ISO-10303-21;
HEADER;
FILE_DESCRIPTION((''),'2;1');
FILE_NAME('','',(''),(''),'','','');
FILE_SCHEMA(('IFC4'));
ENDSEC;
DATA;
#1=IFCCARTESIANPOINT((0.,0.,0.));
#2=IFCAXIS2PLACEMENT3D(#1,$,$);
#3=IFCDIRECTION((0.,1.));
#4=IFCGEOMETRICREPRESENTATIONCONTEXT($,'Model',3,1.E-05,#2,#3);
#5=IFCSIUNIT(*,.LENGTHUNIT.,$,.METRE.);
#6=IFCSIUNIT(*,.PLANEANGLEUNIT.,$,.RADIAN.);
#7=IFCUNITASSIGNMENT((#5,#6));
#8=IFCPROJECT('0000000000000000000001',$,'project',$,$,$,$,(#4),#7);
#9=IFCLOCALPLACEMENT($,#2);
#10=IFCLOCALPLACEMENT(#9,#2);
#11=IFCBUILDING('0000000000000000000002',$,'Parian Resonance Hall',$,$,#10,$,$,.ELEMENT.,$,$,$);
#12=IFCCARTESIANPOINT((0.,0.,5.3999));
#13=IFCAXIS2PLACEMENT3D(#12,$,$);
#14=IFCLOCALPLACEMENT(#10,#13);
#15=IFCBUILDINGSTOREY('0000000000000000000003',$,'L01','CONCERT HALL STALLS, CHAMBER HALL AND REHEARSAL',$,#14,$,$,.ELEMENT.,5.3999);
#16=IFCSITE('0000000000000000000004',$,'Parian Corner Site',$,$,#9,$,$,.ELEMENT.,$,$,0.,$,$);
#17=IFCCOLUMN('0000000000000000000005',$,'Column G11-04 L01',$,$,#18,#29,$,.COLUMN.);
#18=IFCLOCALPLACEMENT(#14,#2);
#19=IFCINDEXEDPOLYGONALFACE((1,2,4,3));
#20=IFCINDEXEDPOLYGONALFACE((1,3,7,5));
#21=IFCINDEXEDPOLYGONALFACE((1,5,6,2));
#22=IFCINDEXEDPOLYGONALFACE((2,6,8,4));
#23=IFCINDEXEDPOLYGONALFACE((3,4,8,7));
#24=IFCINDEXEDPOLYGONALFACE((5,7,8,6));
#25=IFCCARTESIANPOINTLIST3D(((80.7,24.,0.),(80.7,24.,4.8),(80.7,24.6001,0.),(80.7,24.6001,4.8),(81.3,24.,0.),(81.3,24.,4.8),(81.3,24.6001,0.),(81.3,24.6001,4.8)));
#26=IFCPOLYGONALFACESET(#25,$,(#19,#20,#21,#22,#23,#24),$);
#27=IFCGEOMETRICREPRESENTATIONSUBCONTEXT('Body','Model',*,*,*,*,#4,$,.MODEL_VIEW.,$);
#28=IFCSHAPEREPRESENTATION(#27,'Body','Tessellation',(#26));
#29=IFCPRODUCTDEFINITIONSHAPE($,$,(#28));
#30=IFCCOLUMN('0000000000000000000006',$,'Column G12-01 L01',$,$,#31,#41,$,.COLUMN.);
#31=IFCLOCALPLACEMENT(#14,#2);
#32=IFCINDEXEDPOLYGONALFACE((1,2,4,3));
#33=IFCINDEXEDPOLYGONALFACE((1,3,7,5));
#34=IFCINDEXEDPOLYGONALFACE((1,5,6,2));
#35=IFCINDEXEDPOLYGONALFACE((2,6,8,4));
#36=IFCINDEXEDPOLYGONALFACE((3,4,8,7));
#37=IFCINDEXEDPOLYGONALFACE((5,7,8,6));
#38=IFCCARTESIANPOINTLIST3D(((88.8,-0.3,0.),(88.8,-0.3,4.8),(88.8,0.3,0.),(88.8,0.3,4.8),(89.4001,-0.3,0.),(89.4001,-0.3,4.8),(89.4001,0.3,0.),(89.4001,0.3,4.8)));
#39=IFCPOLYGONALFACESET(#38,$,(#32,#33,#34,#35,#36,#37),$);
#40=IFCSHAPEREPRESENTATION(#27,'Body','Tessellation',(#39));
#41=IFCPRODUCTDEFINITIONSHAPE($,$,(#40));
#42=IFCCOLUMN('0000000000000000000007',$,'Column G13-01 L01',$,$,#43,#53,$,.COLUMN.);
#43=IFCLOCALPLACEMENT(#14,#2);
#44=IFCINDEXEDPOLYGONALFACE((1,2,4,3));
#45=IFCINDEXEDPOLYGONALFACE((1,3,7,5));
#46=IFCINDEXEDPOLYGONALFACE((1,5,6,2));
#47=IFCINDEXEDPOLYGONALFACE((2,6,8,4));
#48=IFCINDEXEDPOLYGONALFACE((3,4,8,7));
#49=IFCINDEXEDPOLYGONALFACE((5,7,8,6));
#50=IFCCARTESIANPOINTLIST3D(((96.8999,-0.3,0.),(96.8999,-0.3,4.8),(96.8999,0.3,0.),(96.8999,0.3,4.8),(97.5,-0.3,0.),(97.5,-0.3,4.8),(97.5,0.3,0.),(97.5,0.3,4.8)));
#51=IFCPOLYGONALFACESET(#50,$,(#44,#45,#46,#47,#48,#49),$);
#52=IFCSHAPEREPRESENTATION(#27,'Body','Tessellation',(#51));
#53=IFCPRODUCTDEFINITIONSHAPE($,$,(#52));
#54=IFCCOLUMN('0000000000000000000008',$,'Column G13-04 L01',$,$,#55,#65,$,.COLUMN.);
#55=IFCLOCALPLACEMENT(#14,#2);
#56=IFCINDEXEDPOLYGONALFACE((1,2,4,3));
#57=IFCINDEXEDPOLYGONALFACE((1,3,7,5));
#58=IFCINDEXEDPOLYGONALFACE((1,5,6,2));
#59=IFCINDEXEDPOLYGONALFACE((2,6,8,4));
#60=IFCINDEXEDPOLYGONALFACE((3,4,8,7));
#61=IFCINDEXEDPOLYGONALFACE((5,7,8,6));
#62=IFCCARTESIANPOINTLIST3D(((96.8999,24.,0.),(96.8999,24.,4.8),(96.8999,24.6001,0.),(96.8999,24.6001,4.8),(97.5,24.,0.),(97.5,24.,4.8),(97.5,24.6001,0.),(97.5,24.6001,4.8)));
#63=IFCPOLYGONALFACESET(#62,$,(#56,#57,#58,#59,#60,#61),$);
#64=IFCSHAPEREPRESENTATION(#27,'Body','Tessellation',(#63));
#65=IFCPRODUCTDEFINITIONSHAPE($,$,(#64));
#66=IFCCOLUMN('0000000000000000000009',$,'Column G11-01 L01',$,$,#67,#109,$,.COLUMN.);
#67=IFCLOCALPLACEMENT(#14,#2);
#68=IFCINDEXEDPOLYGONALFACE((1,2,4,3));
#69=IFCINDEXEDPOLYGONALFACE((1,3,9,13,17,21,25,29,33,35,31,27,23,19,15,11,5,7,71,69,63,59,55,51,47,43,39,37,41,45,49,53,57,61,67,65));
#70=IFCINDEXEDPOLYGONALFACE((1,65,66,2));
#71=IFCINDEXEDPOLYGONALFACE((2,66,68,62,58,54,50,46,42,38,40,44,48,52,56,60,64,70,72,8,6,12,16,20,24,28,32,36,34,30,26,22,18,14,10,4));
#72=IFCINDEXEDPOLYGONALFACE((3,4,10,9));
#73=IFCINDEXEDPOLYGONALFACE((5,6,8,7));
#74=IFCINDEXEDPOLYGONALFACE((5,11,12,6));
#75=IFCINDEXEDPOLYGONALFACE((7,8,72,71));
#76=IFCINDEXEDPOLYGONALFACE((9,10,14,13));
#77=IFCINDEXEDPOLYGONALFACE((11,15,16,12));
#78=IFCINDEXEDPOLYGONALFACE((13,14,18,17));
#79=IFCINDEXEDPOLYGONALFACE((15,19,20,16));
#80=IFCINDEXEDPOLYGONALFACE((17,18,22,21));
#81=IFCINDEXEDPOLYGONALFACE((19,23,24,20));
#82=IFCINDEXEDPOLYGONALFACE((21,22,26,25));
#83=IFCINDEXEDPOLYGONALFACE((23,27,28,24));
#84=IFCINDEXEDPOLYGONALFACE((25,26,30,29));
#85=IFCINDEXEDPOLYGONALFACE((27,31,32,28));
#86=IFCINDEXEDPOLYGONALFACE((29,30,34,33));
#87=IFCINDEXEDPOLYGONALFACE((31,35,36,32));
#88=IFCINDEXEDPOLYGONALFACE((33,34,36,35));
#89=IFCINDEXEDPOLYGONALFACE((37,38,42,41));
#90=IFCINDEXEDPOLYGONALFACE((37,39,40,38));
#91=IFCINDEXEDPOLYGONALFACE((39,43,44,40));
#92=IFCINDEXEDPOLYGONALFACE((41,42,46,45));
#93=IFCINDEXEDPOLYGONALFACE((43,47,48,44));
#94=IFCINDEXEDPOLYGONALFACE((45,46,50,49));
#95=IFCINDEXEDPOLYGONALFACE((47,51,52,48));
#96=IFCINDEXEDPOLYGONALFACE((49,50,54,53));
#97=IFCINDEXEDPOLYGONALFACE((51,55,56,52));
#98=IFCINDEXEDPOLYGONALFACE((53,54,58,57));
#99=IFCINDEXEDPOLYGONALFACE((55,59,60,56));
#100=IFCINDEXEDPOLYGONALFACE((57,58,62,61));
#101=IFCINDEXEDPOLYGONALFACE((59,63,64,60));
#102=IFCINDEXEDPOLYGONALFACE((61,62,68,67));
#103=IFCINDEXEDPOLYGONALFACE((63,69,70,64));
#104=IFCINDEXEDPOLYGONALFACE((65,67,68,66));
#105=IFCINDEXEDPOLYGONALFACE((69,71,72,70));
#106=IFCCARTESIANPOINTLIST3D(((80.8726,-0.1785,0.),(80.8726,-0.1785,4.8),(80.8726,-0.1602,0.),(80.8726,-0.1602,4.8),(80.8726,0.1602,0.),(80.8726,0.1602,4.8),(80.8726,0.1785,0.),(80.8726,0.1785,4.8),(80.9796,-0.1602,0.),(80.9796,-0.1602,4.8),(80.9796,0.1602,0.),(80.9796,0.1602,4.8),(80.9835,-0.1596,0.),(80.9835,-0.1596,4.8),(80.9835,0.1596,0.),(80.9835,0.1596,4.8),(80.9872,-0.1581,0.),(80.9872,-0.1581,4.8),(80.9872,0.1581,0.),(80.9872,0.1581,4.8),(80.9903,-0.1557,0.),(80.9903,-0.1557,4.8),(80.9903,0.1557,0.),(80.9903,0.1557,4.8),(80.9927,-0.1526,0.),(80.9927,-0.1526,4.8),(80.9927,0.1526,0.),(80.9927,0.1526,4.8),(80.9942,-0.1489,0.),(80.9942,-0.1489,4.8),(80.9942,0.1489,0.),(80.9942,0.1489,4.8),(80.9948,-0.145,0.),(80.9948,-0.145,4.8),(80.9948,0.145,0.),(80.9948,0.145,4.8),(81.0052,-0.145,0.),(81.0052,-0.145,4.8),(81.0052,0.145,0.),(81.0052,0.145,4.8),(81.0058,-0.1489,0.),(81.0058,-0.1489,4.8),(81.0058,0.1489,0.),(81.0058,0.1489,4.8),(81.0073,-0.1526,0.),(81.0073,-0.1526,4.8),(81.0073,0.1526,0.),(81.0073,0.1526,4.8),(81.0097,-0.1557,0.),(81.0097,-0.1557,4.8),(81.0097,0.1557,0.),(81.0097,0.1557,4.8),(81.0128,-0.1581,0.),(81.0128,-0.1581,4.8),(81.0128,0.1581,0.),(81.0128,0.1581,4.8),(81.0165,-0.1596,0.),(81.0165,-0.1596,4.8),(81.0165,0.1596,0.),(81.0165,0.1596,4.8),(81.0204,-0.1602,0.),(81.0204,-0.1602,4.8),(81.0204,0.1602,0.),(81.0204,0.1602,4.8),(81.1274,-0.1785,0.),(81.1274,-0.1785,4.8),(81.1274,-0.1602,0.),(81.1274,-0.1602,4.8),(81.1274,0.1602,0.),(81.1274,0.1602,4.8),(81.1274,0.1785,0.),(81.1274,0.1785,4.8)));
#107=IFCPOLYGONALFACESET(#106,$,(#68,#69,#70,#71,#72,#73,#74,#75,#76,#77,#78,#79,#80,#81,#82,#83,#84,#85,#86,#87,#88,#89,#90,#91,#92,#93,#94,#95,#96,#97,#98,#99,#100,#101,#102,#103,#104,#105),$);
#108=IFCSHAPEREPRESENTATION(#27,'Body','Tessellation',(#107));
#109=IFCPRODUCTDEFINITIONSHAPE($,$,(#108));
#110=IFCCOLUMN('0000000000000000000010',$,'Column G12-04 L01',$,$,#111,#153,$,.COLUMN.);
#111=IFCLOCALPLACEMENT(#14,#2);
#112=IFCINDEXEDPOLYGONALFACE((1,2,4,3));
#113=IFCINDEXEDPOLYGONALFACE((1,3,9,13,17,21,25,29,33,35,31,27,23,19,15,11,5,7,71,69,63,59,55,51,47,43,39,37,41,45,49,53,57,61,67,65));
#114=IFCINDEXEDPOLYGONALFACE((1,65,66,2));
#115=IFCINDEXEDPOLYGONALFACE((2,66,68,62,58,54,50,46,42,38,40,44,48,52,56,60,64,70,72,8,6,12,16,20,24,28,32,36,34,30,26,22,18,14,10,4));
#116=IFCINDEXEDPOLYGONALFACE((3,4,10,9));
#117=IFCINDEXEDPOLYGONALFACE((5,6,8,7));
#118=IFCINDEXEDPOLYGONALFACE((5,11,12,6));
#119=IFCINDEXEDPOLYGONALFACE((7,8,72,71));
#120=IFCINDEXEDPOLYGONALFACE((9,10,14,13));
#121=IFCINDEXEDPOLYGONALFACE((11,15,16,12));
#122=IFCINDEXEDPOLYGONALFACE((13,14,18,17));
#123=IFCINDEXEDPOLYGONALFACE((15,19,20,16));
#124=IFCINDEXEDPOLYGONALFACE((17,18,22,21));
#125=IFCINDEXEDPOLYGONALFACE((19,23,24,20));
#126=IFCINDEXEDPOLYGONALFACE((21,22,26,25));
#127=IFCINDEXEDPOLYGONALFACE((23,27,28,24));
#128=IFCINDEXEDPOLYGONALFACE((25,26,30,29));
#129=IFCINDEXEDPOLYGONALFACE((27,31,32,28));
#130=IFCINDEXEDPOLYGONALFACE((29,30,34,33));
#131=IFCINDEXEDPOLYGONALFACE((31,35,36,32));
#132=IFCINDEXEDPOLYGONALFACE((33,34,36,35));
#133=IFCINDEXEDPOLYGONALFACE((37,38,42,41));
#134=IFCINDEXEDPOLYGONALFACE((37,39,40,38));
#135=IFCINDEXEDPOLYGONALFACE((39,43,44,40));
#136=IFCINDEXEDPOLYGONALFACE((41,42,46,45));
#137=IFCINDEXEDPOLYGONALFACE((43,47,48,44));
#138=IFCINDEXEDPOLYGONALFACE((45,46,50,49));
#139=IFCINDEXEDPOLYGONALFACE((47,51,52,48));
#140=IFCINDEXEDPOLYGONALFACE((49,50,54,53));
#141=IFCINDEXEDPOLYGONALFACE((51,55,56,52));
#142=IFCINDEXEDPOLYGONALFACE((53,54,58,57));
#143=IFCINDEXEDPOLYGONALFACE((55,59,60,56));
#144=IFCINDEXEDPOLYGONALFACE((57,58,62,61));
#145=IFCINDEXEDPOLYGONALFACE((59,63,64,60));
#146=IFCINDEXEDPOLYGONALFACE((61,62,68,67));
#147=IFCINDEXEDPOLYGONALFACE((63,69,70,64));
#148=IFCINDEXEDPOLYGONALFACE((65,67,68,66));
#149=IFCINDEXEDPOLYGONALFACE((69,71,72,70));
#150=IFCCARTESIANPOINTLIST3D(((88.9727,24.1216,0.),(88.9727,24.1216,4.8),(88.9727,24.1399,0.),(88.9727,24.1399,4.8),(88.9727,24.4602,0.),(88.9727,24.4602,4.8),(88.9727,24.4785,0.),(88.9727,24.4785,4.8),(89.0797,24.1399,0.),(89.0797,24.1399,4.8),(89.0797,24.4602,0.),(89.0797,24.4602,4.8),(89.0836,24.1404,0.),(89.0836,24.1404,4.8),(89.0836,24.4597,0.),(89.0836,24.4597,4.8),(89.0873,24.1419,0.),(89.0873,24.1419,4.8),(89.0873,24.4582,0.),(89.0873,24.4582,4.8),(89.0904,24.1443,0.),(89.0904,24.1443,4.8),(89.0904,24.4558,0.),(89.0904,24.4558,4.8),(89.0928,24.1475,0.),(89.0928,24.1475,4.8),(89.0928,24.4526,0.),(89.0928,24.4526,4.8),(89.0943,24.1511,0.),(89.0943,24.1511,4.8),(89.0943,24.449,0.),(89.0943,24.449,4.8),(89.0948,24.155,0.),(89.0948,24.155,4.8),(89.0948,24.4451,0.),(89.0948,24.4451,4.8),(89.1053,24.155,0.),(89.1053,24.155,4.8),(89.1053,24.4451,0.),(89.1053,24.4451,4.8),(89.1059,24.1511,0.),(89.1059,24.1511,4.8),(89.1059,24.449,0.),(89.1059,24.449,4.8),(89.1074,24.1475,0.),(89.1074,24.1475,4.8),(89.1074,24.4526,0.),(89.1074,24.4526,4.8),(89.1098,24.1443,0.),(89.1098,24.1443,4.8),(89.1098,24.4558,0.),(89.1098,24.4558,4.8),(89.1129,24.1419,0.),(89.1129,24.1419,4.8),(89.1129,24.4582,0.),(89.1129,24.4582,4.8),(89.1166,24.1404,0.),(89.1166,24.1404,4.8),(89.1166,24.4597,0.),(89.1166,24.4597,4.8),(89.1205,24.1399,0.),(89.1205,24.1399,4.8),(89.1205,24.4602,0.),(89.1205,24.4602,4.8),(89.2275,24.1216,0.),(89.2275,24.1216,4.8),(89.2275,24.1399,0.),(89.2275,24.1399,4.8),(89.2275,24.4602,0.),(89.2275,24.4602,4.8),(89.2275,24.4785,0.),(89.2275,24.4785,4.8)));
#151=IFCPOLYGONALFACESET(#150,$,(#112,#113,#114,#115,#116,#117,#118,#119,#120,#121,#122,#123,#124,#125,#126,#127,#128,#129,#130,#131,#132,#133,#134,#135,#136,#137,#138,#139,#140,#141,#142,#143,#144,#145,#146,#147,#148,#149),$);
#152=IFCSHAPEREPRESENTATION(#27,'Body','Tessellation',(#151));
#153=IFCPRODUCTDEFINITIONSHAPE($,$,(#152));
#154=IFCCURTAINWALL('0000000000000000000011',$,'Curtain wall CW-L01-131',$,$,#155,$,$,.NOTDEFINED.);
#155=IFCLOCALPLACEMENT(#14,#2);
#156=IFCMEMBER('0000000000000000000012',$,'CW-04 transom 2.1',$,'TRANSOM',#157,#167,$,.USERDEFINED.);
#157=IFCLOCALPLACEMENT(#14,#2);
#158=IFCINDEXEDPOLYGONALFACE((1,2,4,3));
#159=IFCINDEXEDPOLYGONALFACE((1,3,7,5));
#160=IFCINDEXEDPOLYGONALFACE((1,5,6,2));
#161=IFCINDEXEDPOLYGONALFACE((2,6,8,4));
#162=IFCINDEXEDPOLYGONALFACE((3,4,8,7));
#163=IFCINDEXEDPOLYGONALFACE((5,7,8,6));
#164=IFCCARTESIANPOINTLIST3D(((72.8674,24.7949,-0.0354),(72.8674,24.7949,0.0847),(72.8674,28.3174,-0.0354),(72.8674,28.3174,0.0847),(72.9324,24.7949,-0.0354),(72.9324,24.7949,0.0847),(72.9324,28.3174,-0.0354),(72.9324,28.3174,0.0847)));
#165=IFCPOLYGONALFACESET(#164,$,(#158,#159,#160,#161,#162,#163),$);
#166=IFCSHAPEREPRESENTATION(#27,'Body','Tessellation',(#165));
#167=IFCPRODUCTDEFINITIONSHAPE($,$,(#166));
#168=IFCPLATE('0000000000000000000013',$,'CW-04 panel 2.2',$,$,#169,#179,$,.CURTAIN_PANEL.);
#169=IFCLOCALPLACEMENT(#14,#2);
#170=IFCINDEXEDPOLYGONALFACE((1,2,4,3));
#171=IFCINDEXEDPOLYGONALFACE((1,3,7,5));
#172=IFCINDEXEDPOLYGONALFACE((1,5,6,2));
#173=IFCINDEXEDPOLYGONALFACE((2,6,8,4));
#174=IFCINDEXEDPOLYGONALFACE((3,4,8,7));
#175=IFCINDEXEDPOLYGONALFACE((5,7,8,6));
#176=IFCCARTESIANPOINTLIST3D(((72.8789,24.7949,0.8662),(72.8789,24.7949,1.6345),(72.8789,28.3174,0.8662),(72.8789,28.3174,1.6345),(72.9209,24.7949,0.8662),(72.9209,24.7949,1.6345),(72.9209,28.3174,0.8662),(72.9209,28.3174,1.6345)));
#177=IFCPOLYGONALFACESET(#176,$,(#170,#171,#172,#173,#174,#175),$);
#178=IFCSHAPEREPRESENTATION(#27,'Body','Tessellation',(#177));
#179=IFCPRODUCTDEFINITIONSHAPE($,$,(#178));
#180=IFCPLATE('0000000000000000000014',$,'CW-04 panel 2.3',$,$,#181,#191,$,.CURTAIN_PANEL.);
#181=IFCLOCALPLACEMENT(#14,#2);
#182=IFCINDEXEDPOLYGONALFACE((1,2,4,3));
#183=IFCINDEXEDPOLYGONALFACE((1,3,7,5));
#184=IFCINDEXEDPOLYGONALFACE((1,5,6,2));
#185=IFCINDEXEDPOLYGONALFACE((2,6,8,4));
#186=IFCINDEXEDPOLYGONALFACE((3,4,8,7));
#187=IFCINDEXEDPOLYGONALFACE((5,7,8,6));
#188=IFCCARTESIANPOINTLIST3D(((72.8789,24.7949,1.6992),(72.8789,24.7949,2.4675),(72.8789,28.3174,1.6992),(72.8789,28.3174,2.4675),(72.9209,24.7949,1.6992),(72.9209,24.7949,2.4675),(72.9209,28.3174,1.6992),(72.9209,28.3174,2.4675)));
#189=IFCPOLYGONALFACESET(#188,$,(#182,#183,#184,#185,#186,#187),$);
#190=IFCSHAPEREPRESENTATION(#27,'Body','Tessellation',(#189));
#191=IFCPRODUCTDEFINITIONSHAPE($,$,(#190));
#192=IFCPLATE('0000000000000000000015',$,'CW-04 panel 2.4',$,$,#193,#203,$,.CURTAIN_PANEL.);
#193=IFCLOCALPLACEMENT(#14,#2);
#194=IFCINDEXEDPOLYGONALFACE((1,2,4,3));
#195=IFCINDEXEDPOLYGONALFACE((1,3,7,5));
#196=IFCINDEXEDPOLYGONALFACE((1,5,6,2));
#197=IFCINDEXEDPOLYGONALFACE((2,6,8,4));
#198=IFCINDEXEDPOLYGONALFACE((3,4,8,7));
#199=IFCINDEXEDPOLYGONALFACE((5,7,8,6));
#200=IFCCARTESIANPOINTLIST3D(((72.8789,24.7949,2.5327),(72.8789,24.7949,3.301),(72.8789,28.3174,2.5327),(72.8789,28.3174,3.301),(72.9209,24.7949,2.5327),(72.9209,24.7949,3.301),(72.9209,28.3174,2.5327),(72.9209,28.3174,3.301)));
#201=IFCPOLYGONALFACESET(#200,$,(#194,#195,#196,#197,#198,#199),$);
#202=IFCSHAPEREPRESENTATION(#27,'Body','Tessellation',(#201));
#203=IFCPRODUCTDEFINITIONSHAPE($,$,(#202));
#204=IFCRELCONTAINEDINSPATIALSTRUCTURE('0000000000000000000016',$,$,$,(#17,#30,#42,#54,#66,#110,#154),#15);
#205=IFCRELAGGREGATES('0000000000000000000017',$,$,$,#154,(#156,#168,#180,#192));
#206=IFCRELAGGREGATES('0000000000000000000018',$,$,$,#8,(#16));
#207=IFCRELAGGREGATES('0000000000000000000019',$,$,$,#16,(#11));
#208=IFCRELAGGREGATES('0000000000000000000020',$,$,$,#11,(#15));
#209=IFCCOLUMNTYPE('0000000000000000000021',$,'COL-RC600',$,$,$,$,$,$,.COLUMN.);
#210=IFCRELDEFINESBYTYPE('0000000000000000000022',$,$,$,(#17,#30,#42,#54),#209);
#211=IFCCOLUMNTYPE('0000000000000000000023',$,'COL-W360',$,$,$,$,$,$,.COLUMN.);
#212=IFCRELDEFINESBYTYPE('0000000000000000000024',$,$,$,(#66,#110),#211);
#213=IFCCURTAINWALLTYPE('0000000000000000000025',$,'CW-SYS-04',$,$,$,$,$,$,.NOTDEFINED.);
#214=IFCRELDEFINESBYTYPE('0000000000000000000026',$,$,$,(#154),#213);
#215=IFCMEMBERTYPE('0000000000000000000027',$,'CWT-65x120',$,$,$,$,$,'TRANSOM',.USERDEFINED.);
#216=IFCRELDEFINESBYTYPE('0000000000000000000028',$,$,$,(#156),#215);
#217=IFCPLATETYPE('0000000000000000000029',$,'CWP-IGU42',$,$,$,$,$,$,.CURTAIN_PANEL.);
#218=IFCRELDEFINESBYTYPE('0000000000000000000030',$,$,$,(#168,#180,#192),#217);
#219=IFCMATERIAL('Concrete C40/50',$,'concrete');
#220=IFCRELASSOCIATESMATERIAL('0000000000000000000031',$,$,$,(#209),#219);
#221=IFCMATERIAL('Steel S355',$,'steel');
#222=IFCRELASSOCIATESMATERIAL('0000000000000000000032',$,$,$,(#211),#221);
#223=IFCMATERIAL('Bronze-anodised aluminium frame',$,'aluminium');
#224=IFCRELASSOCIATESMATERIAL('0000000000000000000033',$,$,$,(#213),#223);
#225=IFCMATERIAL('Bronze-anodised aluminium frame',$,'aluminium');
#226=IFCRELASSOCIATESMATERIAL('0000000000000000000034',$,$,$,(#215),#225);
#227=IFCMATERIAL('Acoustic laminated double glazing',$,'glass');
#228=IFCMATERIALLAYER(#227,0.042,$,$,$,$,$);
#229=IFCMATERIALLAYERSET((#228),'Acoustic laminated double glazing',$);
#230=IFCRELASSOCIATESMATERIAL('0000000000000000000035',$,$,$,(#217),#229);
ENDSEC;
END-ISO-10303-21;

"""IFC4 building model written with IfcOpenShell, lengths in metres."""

from ifc_helpers import new_model, si_unit, direction, frame, origin, origin_2d, place, context, subcontext, project, spatial, rectangle, i_section, extrude, material, layer, layer_set, material_profile, profile_set, type_object, element, aggregate, save


model = new_model("IFC4")

# Units and contexts
model_context = context("Model", 3, precision=1e-05, world=origin(), true_north=direction((0.0, 1.0)))
body_context = subcontext(model_context, "Body", "Model", "MODEL_VIEW")
ifc_project = project(units=[si_unit("LENGTHUNIT", "METRE"), si_unit("PLANEANGLEUNIT", "RADIAN")], contexts=[model_context])

# Site, building, storey
site_placement = place(None, origin())
site = spatial("IfcSite", under=ifc_project, at=site_placement, Name="Parian Corner Site", CompositionType="ELEMENT", RefElevation=0.0)
building_placement = place(site_placement, origin())
building = spatial("IfcBuilding", under=site, at=building_placement, Name="Parian Resonance Hall", CompositionType="ELEMENT")
storey_placement = place(building_placement, frame((0.0, 0.0, 5.3999)))
storey = spatial("IfcBuildingStorey", under=building, at=storey_placement, Name="L01", Description="CONCERT HALL STALLS, CHAMBER HALL AND REHEARSAL", CompositionType="ELEMENT", Elevation=5.3999)

# Columns
ifc_material_1 = material(Name="Concrete C40/50", Category="concrete")
ifc_material_profile_1 = material_profile(ifc_material_1, rectangle(XDim=0.6001, YDim=0.6001, at=origin_2d()), Name="RC-COL-600x600")
ifc_profile_set_1 = profile_set([ifc_material_profile_1], Name="Concrete C40/50")
column_type_1 = type_object("IfcColumnType", Name="COL-RC600", PredefinedType="COLUMN", material=ifc_profile_set_1)
for number, where, z_axis, x_axis, name in (
    (1, (81.0, 24.3, 0.0), (0.0, 0.0, 1.0), (1.0, 0.0, 0.0), "Column G11-04 L01"),
    (2, (89.1001, 0.0, 0.0), (0.0, 0.0, 1.0), (1.0, 0.0, 0.0), "Column G12-01 L01"),
    (3, (97.2, 0.0, 0.0), (0.0, 0.0, 1.0), (1.0, 0.0, 0.0), "Column G13-01 L01"),
    (4, (97.2, 24.3, 0.0), (0.0, 0.0, 1.0), (1.0, 0.0, 0.0), "Column G13-04 L01"),
):
    element("IfcColumn", number, at=place(storey_placement, frame(where, z_axis=z_axis, x_axis=x_axis)), inside=storey, type_object=column_type_1, Name=name, PredefinedType="COLUMN", context=body_context, shape_type="SweptSolid", body=[
        extrude(rectangle(XDim=0.6001, YDim=0.6001, at=origin_2d()), origin(), (0.0, 0.0, 1.0), 4.8),
    ])
ifc_material_2 = material(Name="Steel S355", Category="steel")
ifc_material_profile_2 = material_profile(ifc_material_2, i_section(OverallWidth=0.2549, OverallDepth=0.3569, WebThickness=0.0105, FlangeThickness=0.0183, FilletRadius=0.0151, at=origin_2d()), Name="W360x101")
ifc_profile_set_2 = profile_set([ifc_material_profile_2], Name="Steel S355")
column_type_2 = type_object("IfcColumnType", Name="COL-W360", PredefinedType="COLUMN", material=ifc_profile_set_2)
for number, where, z_axis, x_axis, name in (
    (5, (81.0, 0.0, 0.0), (0.0, 0.0, 1.0), (1.0, 0.0, 0.0), "Column G11-01 L01"),
    (6, (89.1001, 24.3, 0.0), (0.0, 0.0, 1.0), (1.0, 0.0, 0.0), "Column G12-04 L01"),
):
    element("IfcColumn", number, at=place(storey_placement, frame(where, z_axis=z_axis, x_axis=x_axis)), inside=storey, type_object=column_type_2, Name=name, PredefinedType="COLUMN", context=body_context, shape_type="SweptSolid", body=[
        extrude(i_section(OverallWidth=0.2549, OverallDepth=0.3569, WebThickness=0.0105, FlangeThickness=0.0183, FilletRadius=0.0151, at=origin_2d()), origin(), (0.0, 0.0, 1.0), 4.8),
    ])

# Curtain wall, member, plates
ifc_material_3 = material(Name="Bronze-anodised aluminium frame", Category="aluminium")
curtain_wall_type = type_object("IfcCurtainWallType", Name="CW-SYS-04", PredefinedType="NOTDEFINED", material=ifc_material_3)
curtain_wall_placement = place(storey_placement, origin())
curtain_wall = element("IfcCurtainWall", 7, at=curtain_wall_placement, inside=storey, type_object=curtain_wall_type, Name="Curtain wall CW-L01-131", PredefinedType="NOTDEFINED")
ifc_material_4 = material(Name="Bronze-anodised aluminium frame", Category="aluminium")
ifc_material_profile_3 = material_profile(ifc_material_4, rectangle(XDim=0.0649, YDim=0.1201, at=origin_2d()), Name="CWT-65x120")
ifc_profile_set_3 = profile_set([ifc_material_profile_3], Name="Bronze-anodised aluminium frame")
member_type = type_object("IfcMemberType", Name="CWT-65x120", ElementType="TRANSOM", PredefinedType="USERDEFINED", material=ifc_profile_set_3)
member_placement = place(storey_placement, frame((72.8999, 28.3174, 0.0247), z_axis=(0.0, -1.0, 0.0), x_axis=(1.0, 0.0, 0.0)))
member = element("IfcMember", 8, at=member_placement, type_object=member_type, Name="CW-04 transom 2.1", ObjectType="TRANSOM", PredefinedType="USERDEFINED", context=body_context, shape_type="SweptSolid", body=[
    extrude(rectangle(XDim=0.0649, YDim=0.1201, at=origin_2d()), origin(), (0.0, 0.0, 1.0), 3.5225),
])
ifc_material_5 = material(Name="Acoustic laminated double glazing", Category="glass")
ifc_layer_1 = layer(ifc_material_5, 0.042)
ifc_layer_set_1 = layer_set([ifc_layer_1], Name="Acoustic laminated double glazing")
plate_type = type_object("IfcPlateType", Name="CWP-IGU42", PredefinedType="CURTAIN_PANEL", material=ifc_layer_set_1)
plate_1_placement = place(storey_placement, frame((72.8999, 26.5562, 0.8662), z_axis=(0.0, 0.0, 1.0), x_axis=(0.0, -1.0, 0.0)))
plate_1 = element("IfcPlate", 9, at=plate_1_placement, type_object=plate_type, Name="CW-04 panel 2.2", PredefinedType="CURTAIN_PANEL", context=body_context, shape_type="SweptSolid", body=[
    extrude(rectangle(XDim=3.5225, YDim=0.042, at=origin_2d()), origin(), (0.0, 0.0, 1.0), 0.7683),
])
plate_2_placement = place(storey_placement, frame((72.8999, 26.5562, 1.6992), z_axis=(0.0, 0.0, 1.0), x_axis=(0.0, -1.0, 0.0)))
plate_2 = element("IfcPlate", 10, at=plate_2_placement, type_object=plate_type, Name="CW-04 panel 2.3", PredefinedType="CURTAIN_PANEL", context=body_context, shape_type="SweptSolid", body=[
    extrude(rectangle(XDim=3.5225, YDim=0.042, at=origin_2d()), origin(), (0.0, 0.0, 1.0), 0.7683),
])
plate_3_placement = place(storey_placement, frame((72.8999, 26.5562, 2.5327), z_axis=(0.0, 0.0, 1.0), x_axis=(0.0, -1.0, 0.0)))
plate_3 = element("IfcPlate", 11, at=plate_3_placement, type_object=plate_type, Name="CW-04 panel 2.4", PredefinedType="CURTAIN_PANEL", context=body_context, shape_type="SweptSolid", body=[
    extrude(rectangle(XDim=3.5225, YDim=0.042, at=origin_2d()), origin(), (0.0, 0.0, 1.0), 0.7683),
])
aggregate(curtain_wall, [member, plate_1, plate_2, plate_3])

save(model, "model.ifc")
